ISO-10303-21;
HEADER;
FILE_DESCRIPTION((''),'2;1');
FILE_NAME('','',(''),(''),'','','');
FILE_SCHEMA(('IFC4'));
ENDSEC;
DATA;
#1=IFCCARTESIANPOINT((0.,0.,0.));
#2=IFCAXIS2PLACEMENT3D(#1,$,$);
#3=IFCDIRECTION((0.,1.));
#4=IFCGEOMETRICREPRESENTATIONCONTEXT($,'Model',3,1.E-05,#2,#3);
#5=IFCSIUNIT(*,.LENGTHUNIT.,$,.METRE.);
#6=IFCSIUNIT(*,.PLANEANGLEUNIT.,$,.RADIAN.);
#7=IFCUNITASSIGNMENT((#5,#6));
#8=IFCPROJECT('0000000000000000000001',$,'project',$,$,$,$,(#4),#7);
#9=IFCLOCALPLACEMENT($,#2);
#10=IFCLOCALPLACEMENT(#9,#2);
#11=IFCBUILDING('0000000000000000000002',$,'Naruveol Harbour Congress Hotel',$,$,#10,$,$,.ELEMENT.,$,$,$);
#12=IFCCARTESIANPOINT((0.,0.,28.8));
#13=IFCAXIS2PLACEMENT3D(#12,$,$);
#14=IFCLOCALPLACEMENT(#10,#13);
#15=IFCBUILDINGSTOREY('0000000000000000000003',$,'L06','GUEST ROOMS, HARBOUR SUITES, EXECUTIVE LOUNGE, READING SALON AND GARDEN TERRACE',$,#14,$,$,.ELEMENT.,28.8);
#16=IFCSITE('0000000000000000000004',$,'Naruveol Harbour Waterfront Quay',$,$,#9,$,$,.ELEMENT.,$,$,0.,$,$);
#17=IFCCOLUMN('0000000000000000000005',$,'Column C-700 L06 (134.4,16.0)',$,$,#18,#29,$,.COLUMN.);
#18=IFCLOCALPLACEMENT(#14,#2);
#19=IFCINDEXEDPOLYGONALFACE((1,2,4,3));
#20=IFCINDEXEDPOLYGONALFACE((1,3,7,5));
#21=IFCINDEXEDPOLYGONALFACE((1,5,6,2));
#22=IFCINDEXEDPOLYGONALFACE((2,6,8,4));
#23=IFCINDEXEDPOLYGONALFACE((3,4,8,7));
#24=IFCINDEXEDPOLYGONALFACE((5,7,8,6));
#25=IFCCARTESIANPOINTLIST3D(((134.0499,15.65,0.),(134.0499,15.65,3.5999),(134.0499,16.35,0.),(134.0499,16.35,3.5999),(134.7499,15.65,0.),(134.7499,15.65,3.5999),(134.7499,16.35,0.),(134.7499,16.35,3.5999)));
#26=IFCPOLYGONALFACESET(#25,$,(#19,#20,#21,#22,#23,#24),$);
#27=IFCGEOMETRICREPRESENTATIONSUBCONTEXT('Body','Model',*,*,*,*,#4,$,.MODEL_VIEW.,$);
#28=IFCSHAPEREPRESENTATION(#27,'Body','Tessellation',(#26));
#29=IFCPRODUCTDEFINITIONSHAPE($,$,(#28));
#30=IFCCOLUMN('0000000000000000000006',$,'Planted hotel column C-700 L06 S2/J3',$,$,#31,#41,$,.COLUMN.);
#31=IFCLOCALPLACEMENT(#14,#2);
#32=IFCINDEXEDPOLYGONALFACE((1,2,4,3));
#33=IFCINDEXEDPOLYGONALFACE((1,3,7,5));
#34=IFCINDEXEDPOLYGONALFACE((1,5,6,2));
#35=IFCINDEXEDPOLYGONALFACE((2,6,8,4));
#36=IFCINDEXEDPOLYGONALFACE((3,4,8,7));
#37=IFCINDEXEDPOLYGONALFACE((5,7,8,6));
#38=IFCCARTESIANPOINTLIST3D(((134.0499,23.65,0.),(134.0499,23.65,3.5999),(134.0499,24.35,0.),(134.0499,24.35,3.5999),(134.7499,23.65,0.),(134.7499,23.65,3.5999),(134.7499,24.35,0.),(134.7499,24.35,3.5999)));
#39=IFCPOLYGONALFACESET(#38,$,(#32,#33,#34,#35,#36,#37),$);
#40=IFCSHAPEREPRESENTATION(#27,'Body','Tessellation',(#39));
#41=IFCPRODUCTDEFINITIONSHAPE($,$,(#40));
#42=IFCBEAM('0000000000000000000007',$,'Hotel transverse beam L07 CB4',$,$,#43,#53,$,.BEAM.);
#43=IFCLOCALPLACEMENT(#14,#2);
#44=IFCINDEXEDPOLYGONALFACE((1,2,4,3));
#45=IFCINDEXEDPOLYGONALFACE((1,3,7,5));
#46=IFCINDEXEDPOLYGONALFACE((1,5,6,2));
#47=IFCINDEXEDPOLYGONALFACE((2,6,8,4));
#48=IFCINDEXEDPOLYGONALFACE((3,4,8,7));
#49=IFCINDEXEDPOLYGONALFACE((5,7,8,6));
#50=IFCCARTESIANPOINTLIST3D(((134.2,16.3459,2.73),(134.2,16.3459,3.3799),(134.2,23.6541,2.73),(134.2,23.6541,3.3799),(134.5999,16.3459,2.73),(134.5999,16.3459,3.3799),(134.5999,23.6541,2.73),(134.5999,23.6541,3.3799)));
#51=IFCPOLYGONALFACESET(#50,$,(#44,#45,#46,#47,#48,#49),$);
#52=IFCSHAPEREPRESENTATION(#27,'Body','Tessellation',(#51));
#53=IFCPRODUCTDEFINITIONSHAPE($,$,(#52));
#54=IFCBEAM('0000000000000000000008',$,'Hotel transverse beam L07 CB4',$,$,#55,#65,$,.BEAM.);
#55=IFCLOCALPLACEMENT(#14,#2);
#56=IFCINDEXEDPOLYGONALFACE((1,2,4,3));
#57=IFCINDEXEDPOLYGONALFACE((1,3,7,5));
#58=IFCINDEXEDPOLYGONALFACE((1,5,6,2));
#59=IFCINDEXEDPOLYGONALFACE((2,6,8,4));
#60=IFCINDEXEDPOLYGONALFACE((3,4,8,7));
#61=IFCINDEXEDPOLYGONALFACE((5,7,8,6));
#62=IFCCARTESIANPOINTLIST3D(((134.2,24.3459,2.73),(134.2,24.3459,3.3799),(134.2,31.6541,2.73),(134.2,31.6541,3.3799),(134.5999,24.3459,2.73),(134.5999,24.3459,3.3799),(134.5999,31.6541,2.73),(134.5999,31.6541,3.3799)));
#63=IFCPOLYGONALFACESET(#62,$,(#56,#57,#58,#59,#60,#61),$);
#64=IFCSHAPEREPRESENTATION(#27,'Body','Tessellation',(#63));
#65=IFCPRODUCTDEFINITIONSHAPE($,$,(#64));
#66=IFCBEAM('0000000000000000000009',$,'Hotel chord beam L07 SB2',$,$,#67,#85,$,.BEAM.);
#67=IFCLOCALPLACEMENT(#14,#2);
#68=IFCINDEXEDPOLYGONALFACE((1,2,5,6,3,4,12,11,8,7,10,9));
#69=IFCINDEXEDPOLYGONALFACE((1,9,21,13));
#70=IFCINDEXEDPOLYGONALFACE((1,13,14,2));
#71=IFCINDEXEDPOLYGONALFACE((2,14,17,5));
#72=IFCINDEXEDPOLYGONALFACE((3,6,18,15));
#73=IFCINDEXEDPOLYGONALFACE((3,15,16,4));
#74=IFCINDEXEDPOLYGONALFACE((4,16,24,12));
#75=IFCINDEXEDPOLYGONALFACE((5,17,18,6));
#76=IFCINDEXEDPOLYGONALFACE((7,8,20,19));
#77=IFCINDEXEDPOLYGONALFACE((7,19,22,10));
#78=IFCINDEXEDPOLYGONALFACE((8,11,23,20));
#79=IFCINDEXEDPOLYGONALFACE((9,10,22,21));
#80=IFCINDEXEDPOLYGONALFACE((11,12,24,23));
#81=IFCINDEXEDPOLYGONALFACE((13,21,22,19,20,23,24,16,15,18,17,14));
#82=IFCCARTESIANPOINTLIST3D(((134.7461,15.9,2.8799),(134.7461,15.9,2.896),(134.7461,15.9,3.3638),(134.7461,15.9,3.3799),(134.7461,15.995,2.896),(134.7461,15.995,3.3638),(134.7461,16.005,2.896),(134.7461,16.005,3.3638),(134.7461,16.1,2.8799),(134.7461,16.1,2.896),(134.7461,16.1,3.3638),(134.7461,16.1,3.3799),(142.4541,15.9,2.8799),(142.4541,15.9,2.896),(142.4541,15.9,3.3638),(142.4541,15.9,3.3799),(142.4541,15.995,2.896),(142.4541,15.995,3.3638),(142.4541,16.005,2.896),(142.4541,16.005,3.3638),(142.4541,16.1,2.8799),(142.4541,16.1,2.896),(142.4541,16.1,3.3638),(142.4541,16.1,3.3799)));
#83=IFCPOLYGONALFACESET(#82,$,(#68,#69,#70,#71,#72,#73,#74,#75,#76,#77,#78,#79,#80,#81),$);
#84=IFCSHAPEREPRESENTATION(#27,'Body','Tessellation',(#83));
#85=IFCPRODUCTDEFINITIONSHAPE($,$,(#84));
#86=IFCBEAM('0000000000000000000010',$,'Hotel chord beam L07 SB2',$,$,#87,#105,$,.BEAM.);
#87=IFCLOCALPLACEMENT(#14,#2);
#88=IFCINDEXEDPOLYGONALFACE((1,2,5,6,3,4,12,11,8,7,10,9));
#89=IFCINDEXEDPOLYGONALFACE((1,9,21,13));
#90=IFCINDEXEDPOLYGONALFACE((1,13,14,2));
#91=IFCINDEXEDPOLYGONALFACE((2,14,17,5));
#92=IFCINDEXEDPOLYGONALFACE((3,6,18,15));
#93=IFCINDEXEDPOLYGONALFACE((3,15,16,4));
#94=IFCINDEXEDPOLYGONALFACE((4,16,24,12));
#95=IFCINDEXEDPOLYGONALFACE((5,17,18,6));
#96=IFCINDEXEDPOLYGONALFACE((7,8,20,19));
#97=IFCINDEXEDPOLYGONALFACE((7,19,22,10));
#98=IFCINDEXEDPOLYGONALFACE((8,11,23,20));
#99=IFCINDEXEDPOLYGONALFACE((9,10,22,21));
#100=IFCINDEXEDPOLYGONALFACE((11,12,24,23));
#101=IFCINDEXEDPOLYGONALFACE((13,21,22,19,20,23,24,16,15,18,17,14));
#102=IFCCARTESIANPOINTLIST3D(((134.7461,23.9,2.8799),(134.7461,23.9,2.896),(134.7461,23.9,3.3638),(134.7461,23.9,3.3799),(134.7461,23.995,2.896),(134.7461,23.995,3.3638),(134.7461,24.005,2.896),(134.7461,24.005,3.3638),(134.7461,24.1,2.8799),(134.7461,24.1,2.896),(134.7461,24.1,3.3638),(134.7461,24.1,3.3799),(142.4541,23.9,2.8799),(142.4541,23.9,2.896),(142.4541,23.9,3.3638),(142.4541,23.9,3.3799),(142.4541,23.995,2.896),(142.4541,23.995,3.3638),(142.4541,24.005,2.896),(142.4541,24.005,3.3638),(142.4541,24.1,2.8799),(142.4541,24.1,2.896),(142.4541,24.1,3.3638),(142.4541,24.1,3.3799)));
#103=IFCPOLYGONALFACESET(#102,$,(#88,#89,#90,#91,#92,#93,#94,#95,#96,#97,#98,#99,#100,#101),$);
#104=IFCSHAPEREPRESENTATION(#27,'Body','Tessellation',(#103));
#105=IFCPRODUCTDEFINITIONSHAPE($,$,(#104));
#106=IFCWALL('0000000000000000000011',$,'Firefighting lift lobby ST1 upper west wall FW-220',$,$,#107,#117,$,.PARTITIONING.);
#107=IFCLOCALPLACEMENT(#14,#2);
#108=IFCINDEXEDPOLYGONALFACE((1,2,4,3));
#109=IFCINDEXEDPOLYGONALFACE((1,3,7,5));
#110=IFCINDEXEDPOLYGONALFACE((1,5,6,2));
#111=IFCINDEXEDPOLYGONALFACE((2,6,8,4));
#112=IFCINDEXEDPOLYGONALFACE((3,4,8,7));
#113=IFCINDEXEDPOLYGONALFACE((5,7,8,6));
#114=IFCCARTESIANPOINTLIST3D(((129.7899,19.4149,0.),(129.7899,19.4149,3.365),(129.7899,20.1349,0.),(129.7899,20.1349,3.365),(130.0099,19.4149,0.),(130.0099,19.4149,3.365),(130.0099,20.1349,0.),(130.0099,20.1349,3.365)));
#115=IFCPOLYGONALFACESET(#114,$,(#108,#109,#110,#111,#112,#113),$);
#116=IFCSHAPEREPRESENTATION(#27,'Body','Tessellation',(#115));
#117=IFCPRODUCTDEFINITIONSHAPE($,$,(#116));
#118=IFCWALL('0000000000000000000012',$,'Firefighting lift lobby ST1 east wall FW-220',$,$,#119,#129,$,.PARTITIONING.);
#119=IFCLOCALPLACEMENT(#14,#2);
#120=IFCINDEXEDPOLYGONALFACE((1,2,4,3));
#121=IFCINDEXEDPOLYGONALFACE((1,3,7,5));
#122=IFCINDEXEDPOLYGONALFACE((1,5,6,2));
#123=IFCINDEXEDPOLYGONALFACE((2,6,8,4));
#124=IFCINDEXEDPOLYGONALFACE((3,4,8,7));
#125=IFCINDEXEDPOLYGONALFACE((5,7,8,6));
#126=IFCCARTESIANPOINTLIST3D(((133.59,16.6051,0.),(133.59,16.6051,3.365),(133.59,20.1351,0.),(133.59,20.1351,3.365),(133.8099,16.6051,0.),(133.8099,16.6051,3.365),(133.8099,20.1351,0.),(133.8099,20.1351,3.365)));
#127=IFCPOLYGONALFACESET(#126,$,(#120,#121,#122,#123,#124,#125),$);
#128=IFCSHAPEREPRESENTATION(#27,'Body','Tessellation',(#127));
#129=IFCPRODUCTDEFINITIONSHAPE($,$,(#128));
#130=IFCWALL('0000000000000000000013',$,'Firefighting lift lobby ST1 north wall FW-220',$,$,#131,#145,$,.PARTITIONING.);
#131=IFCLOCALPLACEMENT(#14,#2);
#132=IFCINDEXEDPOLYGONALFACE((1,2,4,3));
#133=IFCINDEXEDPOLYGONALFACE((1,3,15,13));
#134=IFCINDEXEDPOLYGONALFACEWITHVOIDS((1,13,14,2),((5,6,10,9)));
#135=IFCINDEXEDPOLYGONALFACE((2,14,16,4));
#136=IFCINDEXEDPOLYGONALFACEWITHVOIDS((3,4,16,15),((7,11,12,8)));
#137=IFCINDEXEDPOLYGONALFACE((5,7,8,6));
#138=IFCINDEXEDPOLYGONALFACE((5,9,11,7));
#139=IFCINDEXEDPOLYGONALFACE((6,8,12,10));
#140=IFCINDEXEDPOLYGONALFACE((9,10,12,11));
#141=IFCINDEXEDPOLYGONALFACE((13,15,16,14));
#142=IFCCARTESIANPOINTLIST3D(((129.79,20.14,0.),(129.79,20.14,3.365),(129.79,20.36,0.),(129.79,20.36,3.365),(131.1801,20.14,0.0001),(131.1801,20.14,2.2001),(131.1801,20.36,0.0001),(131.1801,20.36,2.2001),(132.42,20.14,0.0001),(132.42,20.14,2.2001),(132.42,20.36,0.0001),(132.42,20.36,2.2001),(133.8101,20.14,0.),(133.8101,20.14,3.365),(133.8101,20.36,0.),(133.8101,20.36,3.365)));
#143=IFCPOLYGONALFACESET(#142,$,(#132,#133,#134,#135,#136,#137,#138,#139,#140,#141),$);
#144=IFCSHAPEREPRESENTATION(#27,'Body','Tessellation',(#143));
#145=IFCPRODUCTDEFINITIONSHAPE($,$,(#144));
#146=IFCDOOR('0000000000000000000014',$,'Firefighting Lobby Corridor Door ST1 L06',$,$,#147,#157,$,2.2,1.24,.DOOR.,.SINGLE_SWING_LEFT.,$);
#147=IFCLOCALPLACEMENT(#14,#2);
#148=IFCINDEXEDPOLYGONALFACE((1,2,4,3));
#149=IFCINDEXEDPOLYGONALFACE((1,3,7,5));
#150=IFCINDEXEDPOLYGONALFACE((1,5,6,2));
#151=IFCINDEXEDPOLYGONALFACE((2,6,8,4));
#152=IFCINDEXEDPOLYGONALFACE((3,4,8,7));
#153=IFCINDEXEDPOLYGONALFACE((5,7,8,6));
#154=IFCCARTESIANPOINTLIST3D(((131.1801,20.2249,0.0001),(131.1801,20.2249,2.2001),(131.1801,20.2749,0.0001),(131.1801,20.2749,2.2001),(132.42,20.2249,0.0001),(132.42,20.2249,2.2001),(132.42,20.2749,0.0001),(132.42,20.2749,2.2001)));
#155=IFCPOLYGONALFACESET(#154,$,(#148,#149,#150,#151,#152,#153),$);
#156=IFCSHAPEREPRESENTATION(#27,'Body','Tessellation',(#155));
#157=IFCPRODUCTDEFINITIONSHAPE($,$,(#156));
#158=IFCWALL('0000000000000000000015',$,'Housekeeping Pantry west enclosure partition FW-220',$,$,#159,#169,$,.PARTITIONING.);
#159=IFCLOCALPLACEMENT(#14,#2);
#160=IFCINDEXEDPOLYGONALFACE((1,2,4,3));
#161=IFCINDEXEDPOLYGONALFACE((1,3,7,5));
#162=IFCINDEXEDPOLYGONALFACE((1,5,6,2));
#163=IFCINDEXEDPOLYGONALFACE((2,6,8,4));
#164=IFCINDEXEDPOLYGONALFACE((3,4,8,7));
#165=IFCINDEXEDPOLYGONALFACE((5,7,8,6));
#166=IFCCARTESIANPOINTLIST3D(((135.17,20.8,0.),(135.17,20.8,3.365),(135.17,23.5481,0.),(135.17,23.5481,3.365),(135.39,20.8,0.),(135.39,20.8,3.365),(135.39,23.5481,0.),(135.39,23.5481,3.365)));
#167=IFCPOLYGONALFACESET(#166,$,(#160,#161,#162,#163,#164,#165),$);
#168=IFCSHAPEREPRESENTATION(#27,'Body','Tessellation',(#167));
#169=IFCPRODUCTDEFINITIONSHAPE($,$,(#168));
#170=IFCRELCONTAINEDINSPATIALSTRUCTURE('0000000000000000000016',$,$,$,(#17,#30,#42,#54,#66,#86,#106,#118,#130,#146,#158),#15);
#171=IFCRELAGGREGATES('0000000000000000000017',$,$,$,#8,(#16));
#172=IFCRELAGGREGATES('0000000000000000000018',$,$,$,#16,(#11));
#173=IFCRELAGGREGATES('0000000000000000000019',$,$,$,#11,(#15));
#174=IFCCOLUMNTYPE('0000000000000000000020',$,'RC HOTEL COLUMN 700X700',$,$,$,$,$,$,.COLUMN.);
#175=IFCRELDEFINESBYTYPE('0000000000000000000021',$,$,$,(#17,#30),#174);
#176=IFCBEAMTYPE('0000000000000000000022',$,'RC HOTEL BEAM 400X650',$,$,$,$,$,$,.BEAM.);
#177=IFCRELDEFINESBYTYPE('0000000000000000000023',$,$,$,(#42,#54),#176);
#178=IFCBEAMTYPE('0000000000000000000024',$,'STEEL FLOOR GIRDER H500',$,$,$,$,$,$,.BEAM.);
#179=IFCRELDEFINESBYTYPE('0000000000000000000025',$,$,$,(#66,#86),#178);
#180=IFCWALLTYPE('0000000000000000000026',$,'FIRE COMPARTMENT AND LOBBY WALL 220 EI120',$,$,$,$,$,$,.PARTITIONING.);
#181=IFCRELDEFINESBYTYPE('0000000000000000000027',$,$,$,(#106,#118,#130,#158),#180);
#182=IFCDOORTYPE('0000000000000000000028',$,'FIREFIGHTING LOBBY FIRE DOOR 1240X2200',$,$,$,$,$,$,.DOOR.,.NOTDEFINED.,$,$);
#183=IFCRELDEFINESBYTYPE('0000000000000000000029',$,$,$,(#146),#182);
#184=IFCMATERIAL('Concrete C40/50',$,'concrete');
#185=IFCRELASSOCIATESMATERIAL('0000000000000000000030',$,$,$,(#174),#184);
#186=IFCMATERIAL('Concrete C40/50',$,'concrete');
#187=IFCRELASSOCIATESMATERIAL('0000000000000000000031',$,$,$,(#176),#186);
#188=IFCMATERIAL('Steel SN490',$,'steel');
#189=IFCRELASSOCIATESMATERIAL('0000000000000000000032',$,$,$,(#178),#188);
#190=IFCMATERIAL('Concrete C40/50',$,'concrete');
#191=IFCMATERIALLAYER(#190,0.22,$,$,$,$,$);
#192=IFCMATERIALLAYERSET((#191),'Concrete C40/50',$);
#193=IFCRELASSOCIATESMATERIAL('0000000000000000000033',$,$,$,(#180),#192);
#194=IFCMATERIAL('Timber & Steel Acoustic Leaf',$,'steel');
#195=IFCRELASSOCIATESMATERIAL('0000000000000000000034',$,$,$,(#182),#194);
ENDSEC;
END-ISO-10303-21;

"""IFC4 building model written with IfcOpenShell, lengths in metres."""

from ifc_helpers import new_model, si_unit, direction, frame, frame_2d, origin, origin_2d, place, context, subcontext, project, spatial, rectangle, i_section, extrude, material, layer, layer_set, material_profile, profile_set, type_object, element, fill, save


model = new_model("IFC4")

# Units and contexts
model_context = context("Model", 3, precision=1e-05, world=origin(), true_north=direction((0.0, 1.0)))
body_context = subcontext(model_context, "Body", "Model", "MODEL_VIEW")
ifc_project = project(units=[si_unit("LENGTHUNIT", "METRE"), si_unit("PLANEANGLEUNIT", "RADIAN")], contexts=[model_context])

# Site, building, storey
site_placement = place(None, origin())
site = spatial("IfcSite", under=ifc_project, at=site_placement, Name="Naruveol Harbour Waterfront Quay", CompositionType="ELEMENT", RefElevation=0.0)
building_placement = place(site_placement, origin())
building = spatial("IfcBuilding", under=site, at=building_placement, Name="Naruveol Harbour Congress Hotel", CompositionType="ELEMENT")
storey_placement = place(building_placement, frame((0.0, 0.0, 28.8)))
storey = spatial("IfcBuildingStorey", under=building, at=storey_placement, Name="L06", Description="GUEST ROOMS, HARBOUR SUITES, EXECUTIVE LOUNGE, READING SALON AND GARDEN TERRACE", CompositionType="ELEMENT", Elevation=28.8)

# Columns
ifc_material_1 = material(Name="Concrete C40/50", Category="concrete")
ifc_material_profile_1 = material_profile(ifc_material_1, rectangle(XDim=0.7, YDim=0.7, at=origin_2d()), Name="RC-700x700")
ifc_profile_set_1 = profile_set([ifc_material_profile_1], Name="Concrete C40/50")
column_type = type_object("IfcColumnType", Name="RC HOTEL COLUMN 700X700", PredefinedType="COLUMN", material=ifc_profile_set_1)
for number, where, z_axis, x_axis, name in (
    (1, (134.3999, 16.0, 0.0), (0.0, 0.0, 1.0), (1.0, 0.0, 0.0), "Column C-700 L06 (134.4,16.0)"),
    (2, (134.3999, 24.0, 0.0), (0.0, 0.0, 1.0), (1.0, 0.0, 0.0), "Planted hotel column C-700 L06 S2/J3"),
):
    element("IfcColumn", number, at=place(storey_placement, frame(where, z_axis=z_axis, x_axis=x_axis)), inside=storey, type_object=column_type, Name=name, PredefinedType="COLUMN", context=body_context, shape_type="SweptSolid", body=[
        extrude(rectangle(XDim=0.7, YDim=0.7, at=origin_2d()), origin(), (0.0, 0.0, 1.0), 3.5999),
    ])

# Beams
ifc_material_2 = material(Name="Concrete C40/50", Category="concrete")
ifc_material_profile_2 = material_profile(ifc_material_2, rectangle(XDim=0.3999, YDim=0.6499, at=origin_2d()), Name="RCB-400x650")
ifc_profile_set_2 = profile_set([ifc_material_profile_2], Name="Concrete C40/50")
beam_type_1 = type_object("IfcBeamType", Name="RC HOTEL BEAM 400X650", PredefinedType="BEAM", material=ifc_profile_set_2)
for number, where, z_axis, x_axis, name in (
    (3, (134.3999, 16.3459, 3.0549), (0.0, 1.0, 0.0), (-1.0, 0.0, 0.0), "Hotel transverse beam L07 CB4"),
    (4, (134.3999, 24.3459, 3.0549), (0.0, 1.0, 0.0), (-1.0, 0.0, 0.0), "Hotel transverse beam L07 CB4"),
):
    element("IfcBeam", number, at=place(storey_placement, frame(where, z_axis=z_axis, x_axis=x_axis)), inside=storey, type_object=beam_type_1, Name=name, PredefinedType="BEAM", context=body_context, shape_type="SweptSolid", body=[
        extrude(rectangle(XDim=0.3999, YDim=0.6499, at=origin_2d()), origin(), (0.0, 0.0, 1.0), 7.3081),
    ])
ifc_material_3 = material(Name="Steel SN490", Category="steel")
ifc_material_profile_3 = material_profile(ifc_material_3, i_section(OverallWidth=0.2, OverallDepth=0.5, WebThickness=0.01, FlangeThickness=0.0161, at=origin_2d()), Name="H-500x200x10x16")
ifc_profile_set_3 = profile_set([ifc_material_profile_3], Name="Steel SN490")
beam_type_2 = type_object("IfcBeamType", Name="STEEL FLOOR GIRDER H500", PredefinedType="BEAM", material=ifc_profile_set_3)
for number, where, z_axis, x_axis, name in (
    (5, (134.7461, 16.0, 3.1299), (1.0, 0.0, 0.0), (0.0, 1.0, 0.0), "Hotel chord beam L07 SB2"),
    (6, (134.7461, 24.0, 3.1299), (1.0, 0.0, 0.0), (0.0, 1.0, 0.0), "Hotel chord beam L07 SB2"),
):
    element("IfcBeam", number, at=place(storey_placement, frame(where, z_axis=z_axis, x_axis=x_axis)), inside=storey, type_object=beam_type_2, Name=name, PredefinedType="BEAM", context=body_context, shape_type="SweptSolid", body=[
        extrude(i_section(OverallWidth=0.2, OverallDepth=0.5, WebThickness=0.01, FlangeThickness=0.0161, at=origin_2d()), origin(), (0.0, 0.0, 1.0), 7.708),
    ])

# Walls
ifc_material_4 = material(Name="Concrete C40/50", Category="concrete")
ifc_layer_1 = layer(ifc_material_4, 0.22)
ifc_layer_set_1 = layer_set([ifc_layer_1], Name="Concrete C40/50")
wall_type_1 = type_object("IfcWallType", Name="FIRE COMPARTMENT AND LOBBY WALL 220 EI120", PredefinedType="PARTITIONING", material=ifc_layer_set_1)
wall_1_placement = place(storey_placement, frame((129.8999, 19.415, 0.0), z_axis=(0.0, 0.0, 1.0), x_axis=(0.0, 1.0, 0.0)))
element("IfcWall", 7, at=wall_1_placement, inside=storey, type_object=wall_type_1, Name="Firefighting lift lobby ST1 upper west wall FW-220", PredefinedType="PARTITIONING", context=body_context, shape_type="SweptSolid", body=[
    extrude(rectangle(XDim=0.72, YDim=0.22, at=frame_2d((0.3599, 0.0))), origin(), (0.0, 0.0, 1.0), 3.365),
])
wall_2_placement = place(storey_placement, frame((133.7, 16.605, 0.0), z_axis=(0.0, 0.0, 1.0), x_axis=(0.0, 1.0, 0.0)))
element("IfcWall", 8, at=wall_2_placement, inside=storey, type_object=wall_type_1, Name="Firefighting lift lobby ST1 east wall FW-220", PredefinedType="PARTITIONING", context=body_context, shape_type="SweptSolid", body=[
    extrude(rectangle(XDim=3.53, YDim=0.22, at=frame_2d((1.7651, 0.0))), origin(), (0.0, 0.0, 1.0), 3.365),
])

# Wall, opening, door
wall_3_placement = place(storey_placement, frame((129.79, 20.25, 0.0), z_axis=(0.0, 0.0, 1.0), x_axis=(1.0, 0.0, 0.0)))
wall_3 = element("IfcWall", 9, at=wall_3_placement, inside=storey, type_object=wall_type_1, Name="Firefighting lift lobby ST1 north wall FW-220", PredefinedType="PARTITIONING", context=body_context, shape_type="SweptSolid", body=[
    extrude(rectangle(XDim=4.02, YDim=0.22, at=frame_2d((2.01, 0.0))), origin(), (0.0, 0.0, 1.0), 3.365),
])
opening_1_placement = place(wall_3_placement, frame((1.3899, 0.0, 0.0)))
opening_1 = element("IfcOpeningElement", 10, at=opening_1_placement, cuts=wall_3, PredefinedType="OPENING", context=body_context, shape_type="SweptSolid", body=[
    extrude(rectangle(XDim=1.24, YDim=2.2, at=frame_2d((0.6201, 1.1001))), frame((0.0, 0.1199, 0.0), z_axis=(0.0, -1.0, 0.0), x_axis=(1.0, 0.0, 0.0)), (0.0, 0.0, 1.0), 0.24),
])
ifc_material_5 = material(Name="Timber & Steel Acoustic Leaf", Category="steel")
door_type_1 = type_object("IfcDoorType", Name="FIREFIGHTING LOBBY FIRE DOOR 1240X2200", OperationType="NOTDEFINED", PredefinedType="DOOR", material=ifc_material_5)
door_1_placement = place(opening_1_placement, origin())
door_1 = element("IfcDoor", 11, at=door_1_placement, inside=storey, type_object=door_type_1, Name="Firefighting Lobby Corridor Door ST1 L06", OperationType="SINGLE_SWING_LEFT", OverallHeight=2.2, OverallWidth=1.24, PredefinedType="DOOR", context=body_context, shape_type="SweptSolid", body=[
    extrude(rectangle(XDim=1.24, YDim=2.2, at=frame_2d((0.6201, 1.1001))), frame((0.0, 0.0249, 0.0), z_axis=(0.0, -1.0, 0.0), x_axis=(1.0, 0.0, 0.0)), (0.0, 0.0, 1.0), 0.05),
])
fill(opening_1, door_1)

# Wall
wall_4_placement = place(storey_placement, frame((135.28, 20.8, 0.0), z_axis=(0.0, 0.0, 1.0), x_axis=(0.0, 1.0, 0.0)))
element("IfcWall", 12, at=wall_4_placement, inside=storey, type_object=wall_type_1, Name="Housekeeping Pantry west enclosure partition FW-220", PredefinedType="PARTITIONING", context=body_context, shape_type="SweptSolid", body=[
    extrude(rectangle(XDim=2.748, YDim=0.22, at=frame_2d((1.374, 0.0))), origin(), (0.0, 0.0, 1.0), 3.365),
])

save(model, "model.ifc")
